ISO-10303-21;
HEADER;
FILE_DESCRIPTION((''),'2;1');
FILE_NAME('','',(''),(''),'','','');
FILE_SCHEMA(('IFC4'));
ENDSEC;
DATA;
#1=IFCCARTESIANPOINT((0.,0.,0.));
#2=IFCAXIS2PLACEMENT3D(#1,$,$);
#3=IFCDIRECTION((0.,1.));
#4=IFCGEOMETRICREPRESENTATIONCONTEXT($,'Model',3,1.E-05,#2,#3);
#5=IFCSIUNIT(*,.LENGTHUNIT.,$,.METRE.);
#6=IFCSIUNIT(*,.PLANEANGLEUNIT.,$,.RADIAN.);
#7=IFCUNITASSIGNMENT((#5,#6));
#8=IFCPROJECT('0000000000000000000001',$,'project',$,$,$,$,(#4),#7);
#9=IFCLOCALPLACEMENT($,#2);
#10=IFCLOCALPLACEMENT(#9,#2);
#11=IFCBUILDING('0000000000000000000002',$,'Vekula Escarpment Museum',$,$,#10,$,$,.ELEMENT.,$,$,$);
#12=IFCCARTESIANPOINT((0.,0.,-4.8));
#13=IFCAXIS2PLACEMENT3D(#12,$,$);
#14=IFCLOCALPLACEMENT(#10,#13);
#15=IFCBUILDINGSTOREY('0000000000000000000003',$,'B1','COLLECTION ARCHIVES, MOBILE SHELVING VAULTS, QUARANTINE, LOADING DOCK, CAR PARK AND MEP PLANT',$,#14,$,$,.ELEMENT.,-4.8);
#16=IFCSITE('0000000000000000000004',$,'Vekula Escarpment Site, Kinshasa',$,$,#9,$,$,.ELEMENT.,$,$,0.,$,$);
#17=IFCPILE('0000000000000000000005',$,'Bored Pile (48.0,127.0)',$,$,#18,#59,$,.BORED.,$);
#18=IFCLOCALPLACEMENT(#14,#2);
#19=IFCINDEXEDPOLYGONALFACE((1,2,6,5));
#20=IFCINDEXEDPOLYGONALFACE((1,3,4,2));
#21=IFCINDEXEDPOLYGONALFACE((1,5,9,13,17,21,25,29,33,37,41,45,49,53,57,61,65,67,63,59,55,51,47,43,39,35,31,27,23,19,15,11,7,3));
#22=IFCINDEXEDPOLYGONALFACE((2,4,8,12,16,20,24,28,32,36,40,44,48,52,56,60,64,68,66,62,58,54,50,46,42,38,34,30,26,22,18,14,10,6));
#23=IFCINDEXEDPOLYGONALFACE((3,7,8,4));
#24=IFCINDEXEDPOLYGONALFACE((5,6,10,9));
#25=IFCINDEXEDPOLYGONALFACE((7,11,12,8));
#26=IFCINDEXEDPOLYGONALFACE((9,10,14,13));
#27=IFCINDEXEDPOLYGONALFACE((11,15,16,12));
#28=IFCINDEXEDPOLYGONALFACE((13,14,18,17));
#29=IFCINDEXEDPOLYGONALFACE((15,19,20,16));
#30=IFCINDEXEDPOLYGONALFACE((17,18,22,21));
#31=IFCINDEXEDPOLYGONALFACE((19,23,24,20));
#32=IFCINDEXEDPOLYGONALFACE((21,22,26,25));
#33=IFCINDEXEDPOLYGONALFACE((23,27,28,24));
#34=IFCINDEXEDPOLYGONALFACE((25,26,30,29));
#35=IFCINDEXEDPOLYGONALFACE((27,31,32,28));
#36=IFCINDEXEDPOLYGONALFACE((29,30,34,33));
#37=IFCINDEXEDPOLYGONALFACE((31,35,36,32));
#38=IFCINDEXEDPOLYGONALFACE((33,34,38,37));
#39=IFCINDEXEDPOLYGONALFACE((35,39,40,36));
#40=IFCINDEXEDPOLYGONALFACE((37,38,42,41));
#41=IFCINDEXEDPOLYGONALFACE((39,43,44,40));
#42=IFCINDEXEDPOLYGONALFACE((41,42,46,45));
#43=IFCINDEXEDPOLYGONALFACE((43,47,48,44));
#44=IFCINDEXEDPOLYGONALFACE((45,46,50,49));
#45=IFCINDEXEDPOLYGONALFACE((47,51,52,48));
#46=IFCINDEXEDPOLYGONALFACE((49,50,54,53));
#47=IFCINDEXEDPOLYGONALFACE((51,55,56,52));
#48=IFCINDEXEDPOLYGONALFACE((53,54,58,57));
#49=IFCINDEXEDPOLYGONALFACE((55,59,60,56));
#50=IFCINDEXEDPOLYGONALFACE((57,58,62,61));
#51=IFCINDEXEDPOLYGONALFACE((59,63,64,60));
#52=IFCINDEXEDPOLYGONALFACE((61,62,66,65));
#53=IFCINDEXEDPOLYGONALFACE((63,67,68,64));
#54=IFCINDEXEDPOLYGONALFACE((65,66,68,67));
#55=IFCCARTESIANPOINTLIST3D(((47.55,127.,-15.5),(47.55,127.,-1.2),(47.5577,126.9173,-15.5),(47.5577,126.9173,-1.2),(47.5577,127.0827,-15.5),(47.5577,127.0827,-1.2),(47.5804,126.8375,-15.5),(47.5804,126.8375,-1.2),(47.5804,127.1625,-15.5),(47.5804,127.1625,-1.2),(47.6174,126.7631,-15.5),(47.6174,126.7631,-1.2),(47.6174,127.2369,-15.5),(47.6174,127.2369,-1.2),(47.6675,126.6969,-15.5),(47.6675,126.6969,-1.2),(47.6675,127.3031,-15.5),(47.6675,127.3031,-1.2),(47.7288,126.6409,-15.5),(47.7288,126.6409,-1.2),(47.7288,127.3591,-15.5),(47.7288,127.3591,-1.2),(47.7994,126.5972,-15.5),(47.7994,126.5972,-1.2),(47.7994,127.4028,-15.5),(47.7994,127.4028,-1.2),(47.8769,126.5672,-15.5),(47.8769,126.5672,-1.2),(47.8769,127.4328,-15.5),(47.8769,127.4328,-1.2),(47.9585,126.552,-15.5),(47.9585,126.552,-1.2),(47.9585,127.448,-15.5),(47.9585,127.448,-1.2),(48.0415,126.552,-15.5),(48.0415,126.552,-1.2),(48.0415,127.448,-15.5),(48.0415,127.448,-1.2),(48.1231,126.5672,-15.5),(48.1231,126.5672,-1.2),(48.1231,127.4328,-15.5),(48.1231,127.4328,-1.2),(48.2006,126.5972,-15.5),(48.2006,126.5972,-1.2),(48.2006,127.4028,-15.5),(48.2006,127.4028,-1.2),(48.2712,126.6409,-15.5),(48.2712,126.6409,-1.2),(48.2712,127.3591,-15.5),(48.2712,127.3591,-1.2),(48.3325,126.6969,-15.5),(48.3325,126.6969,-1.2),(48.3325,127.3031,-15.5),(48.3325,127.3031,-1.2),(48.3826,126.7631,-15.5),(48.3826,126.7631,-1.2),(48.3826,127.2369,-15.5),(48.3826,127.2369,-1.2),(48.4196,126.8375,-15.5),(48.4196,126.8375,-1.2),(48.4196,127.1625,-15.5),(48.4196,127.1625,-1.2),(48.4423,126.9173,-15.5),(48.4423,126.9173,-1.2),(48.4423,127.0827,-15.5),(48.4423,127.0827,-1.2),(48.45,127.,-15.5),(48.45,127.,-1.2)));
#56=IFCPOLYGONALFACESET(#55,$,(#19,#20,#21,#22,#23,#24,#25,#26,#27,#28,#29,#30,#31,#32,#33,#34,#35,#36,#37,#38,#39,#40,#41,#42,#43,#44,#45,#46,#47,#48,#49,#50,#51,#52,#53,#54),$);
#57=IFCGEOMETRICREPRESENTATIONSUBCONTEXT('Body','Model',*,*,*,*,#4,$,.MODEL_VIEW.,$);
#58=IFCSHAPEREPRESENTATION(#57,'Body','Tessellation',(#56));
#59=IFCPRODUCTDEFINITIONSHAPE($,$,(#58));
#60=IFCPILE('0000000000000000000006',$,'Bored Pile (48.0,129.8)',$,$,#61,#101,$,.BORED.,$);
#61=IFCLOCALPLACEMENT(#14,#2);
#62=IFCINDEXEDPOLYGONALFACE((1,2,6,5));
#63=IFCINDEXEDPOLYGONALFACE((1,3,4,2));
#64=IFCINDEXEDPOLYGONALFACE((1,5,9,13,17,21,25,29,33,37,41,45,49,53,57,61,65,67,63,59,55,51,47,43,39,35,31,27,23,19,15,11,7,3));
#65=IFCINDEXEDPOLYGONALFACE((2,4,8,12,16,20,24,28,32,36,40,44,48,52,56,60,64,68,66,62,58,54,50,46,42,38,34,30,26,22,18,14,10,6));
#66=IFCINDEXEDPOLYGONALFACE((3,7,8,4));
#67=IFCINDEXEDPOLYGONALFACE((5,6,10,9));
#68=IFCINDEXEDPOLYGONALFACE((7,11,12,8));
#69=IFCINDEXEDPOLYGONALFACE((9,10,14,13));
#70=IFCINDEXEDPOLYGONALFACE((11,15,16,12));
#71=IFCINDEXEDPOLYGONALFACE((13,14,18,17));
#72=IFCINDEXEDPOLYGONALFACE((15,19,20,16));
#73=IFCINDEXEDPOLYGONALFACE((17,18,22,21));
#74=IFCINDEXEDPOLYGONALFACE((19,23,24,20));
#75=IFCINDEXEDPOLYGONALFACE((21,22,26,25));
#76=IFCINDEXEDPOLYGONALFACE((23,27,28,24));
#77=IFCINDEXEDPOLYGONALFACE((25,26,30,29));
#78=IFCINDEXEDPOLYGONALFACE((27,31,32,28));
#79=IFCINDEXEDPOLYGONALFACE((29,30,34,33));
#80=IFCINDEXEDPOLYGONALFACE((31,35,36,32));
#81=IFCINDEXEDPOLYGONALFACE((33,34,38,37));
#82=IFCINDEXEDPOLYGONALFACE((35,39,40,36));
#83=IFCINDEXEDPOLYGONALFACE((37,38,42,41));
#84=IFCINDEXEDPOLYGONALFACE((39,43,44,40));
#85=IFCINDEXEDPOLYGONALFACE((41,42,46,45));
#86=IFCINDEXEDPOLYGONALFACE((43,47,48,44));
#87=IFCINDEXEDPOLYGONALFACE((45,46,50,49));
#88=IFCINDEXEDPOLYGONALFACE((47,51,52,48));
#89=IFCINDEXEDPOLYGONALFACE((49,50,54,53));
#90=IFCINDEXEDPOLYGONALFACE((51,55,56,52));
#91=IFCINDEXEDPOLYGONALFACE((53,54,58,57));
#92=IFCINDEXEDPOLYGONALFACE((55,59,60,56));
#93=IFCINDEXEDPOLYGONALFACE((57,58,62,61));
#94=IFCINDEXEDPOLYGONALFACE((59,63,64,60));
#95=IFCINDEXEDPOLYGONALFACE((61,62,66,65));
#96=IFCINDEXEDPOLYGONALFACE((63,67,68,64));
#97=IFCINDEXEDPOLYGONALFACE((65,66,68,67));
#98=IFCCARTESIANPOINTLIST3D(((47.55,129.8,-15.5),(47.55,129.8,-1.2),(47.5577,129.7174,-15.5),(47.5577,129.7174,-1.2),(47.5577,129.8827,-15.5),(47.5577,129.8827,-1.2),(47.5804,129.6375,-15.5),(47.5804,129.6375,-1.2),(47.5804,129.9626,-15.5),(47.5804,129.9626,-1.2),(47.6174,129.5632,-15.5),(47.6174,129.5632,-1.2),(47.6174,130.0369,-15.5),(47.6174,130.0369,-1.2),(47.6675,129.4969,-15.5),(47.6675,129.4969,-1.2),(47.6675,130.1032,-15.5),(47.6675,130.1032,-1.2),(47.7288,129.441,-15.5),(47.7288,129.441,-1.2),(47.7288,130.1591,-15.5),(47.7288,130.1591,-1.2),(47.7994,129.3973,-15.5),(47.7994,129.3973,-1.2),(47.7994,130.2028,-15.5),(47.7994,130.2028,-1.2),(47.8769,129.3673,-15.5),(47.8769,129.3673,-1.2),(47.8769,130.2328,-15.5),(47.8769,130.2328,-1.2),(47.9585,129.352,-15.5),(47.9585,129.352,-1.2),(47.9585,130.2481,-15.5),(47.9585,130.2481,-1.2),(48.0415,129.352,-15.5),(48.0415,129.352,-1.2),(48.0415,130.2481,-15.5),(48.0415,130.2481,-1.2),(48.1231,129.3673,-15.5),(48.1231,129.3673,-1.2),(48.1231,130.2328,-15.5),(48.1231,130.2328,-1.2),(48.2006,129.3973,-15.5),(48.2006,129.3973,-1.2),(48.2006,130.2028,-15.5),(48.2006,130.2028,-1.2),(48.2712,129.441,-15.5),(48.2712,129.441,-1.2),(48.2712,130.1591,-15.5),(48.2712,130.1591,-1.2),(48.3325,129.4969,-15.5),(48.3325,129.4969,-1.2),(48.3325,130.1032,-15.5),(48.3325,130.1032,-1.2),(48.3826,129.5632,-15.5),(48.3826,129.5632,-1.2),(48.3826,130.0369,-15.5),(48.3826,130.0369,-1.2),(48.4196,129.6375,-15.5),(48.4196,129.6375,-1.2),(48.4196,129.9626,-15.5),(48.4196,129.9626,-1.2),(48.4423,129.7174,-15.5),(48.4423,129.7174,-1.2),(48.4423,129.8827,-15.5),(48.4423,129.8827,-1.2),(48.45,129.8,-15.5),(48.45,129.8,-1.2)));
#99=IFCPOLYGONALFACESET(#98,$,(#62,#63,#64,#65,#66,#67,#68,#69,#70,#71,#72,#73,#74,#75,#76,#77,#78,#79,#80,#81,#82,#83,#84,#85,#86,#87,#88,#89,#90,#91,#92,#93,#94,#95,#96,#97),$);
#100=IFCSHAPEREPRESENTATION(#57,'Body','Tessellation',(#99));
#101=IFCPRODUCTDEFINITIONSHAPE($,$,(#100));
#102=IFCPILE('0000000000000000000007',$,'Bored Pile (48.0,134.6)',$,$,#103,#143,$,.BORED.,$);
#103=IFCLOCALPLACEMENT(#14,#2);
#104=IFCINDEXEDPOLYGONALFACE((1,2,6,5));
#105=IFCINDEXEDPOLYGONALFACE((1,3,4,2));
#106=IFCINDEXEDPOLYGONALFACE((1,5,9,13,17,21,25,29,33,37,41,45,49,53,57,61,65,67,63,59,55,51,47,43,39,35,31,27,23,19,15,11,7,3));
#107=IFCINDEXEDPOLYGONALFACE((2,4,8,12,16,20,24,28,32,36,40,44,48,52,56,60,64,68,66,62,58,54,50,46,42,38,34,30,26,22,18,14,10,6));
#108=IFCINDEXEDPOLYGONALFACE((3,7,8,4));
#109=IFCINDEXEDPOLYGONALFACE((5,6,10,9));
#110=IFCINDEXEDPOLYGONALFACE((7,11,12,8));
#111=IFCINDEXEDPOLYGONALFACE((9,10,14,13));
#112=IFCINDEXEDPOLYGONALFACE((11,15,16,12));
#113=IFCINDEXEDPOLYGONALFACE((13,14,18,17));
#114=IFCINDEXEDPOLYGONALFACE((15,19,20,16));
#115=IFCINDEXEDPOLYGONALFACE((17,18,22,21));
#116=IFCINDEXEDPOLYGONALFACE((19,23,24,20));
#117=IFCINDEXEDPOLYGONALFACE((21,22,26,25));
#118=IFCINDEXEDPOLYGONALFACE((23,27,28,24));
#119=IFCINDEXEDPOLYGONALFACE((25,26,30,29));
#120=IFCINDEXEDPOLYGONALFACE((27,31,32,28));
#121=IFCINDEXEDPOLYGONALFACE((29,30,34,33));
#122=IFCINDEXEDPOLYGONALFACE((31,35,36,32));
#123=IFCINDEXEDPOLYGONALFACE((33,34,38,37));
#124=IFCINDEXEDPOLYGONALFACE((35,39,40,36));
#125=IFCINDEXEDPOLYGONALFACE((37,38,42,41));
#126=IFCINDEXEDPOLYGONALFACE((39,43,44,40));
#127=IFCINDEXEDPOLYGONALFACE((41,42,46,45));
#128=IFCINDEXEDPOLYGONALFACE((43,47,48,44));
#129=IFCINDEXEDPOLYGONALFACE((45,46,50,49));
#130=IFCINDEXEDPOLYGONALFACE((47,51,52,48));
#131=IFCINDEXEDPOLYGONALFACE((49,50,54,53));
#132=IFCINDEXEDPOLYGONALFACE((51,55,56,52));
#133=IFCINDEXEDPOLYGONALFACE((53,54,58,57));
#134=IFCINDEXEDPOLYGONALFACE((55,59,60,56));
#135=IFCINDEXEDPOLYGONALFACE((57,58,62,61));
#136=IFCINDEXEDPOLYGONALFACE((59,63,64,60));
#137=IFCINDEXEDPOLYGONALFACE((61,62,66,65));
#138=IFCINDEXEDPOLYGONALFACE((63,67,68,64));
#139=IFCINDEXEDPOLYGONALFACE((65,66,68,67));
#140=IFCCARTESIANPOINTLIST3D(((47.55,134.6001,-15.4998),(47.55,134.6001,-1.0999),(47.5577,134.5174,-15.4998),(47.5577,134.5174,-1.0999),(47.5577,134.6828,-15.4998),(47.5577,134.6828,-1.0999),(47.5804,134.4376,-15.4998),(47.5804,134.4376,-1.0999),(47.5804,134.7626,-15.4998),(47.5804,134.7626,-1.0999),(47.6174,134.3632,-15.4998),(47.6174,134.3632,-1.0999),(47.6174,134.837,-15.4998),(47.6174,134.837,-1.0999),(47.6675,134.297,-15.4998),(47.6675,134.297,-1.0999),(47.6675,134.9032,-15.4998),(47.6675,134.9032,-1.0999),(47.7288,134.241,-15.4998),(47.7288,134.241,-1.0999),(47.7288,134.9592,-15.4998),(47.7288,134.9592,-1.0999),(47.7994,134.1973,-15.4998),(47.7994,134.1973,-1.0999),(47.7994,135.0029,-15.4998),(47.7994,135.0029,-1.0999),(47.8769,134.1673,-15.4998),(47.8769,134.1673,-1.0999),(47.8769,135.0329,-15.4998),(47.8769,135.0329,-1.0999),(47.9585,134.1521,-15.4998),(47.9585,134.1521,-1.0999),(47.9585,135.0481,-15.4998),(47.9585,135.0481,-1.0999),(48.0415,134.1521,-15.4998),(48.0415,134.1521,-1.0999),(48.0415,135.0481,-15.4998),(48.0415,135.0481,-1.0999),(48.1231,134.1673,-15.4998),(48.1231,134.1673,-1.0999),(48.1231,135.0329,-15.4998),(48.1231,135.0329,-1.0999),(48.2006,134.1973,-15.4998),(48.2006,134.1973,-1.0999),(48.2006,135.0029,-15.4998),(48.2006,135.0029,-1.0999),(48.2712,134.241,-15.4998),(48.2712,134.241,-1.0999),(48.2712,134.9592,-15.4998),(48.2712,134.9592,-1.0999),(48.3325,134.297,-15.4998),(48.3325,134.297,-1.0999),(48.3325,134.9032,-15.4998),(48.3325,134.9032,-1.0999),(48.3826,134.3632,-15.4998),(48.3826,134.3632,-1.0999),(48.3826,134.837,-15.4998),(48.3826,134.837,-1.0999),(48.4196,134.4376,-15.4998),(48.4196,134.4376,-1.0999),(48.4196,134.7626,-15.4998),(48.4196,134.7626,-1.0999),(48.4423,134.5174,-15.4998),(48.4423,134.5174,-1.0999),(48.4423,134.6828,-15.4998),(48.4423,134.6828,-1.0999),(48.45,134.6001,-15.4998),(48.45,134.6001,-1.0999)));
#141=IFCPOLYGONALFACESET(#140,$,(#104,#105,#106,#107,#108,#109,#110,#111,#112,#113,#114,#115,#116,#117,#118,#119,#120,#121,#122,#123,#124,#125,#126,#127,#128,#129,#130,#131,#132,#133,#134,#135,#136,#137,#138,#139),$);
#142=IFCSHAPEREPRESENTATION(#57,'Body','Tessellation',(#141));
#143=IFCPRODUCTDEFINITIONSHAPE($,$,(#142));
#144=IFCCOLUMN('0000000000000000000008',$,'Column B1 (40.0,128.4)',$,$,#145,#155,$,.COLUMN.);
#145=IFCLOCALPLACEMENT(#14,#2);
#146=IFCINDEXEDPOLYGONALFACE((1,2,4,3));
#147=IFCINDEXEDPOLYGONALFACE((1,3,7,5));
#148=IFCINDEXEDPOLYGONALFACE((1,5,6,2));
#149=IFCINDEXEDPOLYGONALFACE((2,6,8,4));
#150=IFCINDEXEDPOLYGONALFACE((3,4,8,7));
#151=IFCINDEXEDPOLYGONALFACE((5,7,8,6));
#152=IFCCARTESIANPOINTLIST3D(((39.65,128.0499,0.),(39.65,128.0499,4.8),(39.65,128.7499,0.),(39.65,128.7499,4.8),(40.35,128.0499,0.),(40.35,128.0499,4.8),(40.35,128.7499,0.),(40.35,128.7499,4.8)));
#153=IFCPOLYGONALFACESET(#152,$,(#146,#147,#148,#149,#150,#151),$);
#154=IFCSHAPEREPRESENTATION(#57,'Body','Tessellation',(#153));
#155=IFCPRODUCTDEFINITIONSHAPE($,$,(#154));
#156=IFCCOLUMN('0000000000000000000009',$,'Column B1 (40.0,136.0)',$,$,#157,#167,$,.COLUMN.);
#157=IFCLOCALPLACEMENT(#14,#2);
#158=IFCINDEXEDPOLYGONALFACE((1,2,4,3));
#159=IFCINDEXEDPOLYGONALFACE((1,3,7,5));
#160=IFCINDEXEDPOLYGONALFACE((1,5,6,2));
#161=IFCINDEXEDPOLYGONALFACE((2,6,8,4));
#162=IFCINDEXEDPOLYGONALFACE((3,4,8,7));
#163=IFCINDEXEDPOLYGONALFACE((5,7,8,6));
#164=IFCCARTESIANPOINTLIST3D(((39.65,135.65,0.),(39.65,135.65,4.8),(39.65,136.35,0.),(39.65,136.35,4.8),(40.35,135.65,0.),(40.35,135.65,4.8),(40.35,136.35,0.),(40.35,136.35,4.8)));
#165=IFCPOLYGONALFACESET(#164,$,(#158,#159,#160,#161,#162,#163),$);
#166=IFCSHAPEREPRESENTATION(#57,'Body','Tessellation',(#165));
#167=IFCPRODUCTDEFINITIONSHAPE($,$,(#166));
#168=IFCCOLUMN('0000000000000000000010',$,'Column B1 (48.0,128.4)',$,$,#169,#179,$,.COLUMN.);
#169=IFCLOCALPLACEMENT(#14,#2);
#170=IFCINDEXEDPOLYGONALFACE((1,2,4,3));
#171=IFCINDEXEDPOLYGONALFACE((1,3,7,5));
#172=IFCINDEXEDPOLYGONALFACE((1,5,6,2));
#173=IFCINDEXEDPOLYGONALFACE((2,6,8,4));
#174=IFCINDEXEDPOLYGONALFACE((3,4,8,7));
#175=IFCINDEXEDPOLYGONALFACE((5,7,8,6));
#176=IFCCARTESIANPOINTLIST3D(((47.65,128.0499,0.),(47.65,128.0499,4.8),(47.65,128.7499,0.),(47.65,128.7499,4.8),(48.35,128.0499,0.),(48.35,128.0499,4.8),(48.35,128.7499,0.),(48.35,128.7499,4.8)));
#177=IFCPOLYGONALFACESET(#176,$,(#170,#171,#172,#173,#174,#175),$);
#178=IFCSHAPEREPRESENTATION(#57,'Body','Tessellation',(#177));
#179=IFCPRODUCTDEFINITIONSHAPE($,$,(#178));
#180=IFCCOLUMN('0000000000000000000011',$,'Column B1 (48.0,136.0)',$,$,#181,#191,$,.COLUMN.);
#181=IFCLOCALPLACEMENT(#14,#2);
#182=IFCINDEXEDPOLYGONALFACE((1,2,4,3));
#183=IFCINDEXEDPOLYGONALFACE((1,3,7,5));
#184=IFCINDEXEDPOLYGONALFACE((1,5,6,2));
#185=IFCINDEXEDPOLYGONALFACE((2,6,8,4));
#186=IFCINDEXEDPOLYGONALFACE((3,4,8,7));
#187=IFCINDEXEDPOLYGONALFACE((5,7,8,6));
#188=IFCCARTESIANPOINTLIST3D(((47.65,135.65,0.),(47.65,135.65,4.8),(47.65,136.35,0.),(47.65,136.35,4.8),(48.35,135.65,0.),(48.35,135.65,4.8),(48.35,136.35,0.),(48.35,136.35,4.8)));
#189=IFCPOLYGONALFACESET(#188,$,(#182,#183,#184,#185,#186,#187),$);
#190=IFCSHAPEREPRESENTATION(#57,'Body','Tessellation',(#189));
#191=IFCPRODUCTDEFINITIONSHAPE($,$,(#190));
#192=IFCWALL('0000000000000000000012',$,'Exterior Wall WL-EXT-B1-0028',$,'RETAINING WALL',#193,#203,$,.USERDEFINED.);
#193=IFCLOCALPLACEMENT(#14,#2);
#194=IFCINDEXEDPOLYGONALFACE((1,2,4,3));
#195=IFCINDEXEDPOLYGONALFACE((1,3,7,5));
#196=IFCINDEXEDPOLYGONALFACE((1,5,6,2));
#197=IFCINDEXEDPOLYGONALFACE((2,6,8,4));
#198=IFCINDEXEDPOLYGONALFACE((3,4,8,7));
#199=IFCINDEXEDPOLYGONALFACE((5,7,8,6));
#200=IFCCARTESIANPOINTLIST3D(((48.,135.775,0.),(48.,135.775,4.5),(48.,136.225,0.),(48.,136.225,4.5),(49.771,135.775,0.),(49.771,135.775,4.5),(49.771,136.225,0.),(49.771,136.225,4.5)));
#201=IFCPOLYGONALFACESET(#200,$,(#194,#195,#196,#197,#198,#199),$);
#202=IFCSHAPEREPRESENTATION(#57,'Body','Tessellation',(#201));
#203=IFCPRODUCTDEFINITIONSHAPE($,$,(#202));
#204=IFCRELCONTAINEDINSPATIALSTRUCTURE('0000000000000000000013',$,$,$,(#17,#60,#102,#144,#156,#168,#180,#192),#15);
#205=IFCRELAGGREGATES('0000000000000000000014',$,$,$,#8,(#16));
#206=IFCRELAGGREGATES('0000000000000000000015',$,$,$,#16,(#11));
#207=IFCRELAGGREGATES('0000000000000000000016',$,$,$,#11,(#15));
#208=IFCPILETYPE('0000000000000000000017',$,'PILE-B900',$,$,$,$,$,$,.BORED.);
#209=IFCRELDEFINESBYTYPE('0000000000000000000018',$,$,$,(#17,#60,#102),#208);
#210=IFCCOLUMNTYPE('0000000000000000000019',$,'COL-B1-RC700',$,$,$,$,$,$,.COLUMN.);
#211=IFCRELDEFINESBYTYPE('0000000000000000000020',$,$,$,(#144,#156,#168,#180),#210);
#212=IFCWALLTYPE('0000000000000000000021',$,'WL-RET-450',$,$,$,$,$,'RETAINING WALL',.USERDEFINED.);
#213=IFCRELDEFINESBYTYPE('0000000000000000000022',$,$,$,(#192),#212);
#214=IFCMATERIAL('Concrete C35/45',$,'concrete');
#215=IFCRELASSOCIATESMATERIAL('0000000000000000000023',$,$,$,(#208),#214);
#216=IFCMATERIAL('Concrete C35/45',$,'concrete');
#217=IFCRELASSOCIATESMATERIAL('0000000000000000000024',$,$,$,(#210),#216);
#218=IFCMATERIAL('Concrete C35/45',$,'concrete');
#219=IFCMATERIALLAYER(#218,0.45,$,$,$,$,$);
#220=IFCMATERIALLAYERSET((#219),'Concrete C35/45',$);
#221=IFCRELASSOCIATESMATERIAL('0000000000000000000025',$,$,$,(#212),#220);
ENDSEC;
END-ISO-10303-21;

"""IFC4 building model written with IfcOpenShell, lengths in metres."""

from ifc_helpers import new_model, si_unit, direction, frame, frame_2d, origin, origin_2d, place, context, subcontext, project, spatial, rectangle, circle, extrude, material, layer, layer_set, material_profile, profile_set, type_object, element, save


model = new_model("IFC4")

# Units and contexts
model_context = context("Model", 3, precision=1e-05, world=origin(), true_north=direction((0.0, 1.0)))
body_context = subcontext(model_context, "Body", "Model", "MODEL_VIEW")
ifc_project = project(units=[si_unit("LENGTHUNIT", "METRE"), si_unit("PLANEANGLEUNIT", "RADIAN")], contexts=[model_context])

# Site, building, storey
site_placement = place(None, origin())
site = spatial("IfcSite", under=ifc_project, at=site_placement, Name="Vekula Escarpment Site, Kinshasa", CompositionType="ELEMENT", RefElevation=0.0)
building_placement = place(site_placement, origin())
building = spatial("IfcBuilding", under=site, at=building_placement, Name="Vekula Escarpment Museum", CompositionType="ELEMENT")
storey_placement = place(building_placement, frame((0.0, 0.0, -4.8)))
storey = spatial("IfcBuildingStorey", under=building, at=storey_placement, Name="B1", Description="COLLECTION ARCHIVES, MOBILE SHELVING VAULTS, QUARANTINE, LOADING DOCK, CAR PARK AND MEP PLANT", CompositionType="ELEMENT", Elevation=-4.8)

# Piles
ifc_material_1 = material(Name="Concrete C35/45", Category="concrete")
ifc_material_profile_1 = material_profile(ifc_material_1, circle(Radius=0.45, at=origin_2d()), Name="BORED PILE 900")
ifc_profile_set_1 = profile_set([ifc_material_profile_1], Name="Concrete C35/45")
pile_type = type_object("IfcPileType", Name="PILE-B900", PredefinedType="BORED", material=ifc_profile_set_1)
for number, where, z_axis, x_axis, name in (
    (1, (48.0, 127.0, -1.2), (0.0, 0.0, -1.0), (1.0, 0.0, 0.0), "Bored Pile (48.0,127.0)"),
    (2, (48.0, 129.8, -1.2), (0.0, 0.0, -1.0), (1.0, 0.0, 0.0), "Bored Pile (48.0,129.8)"),
):
    element("IfcPile", number, at=place(storey_placement, frame(where, z_axis=z_axis, x_axis=x_axis)), inside=storey, type_object=pile_type, Name=name, PredefinedType="BORED", context=body_context, shape_type="SweptSolid", body=[
        extrude(circle(Radius=0.45, at=origin_2d()), origin(), (0.0, 0.0, 1.0), 14.3),
    ])
pile_1_placement = place(storey_placement, frame((48.0, 134.6001, -1.0999), z_axis=(0.0, 0.0, -1.0), x_axis=(1.0, 0.0, 0.0)))
element("IfcPile", 3, at=pile_1_placement, inside=storey, type_object=pile_type, Name="Bored Pile (48.0,134.6)", PredefinedType="BORED", context=body_context, shape_type="SweptSolid", body=[
    extrude(circle(Radius=0.45, at=origin_2d()), origin(), (0.0, 0.0, 1.0), 14.3999),
])

# Columns
ifc_material_2 = material(Name="Concrete C35/45", Category="concrete")
ifc_material_profile_2 = material_profile(ifc_material_2, rectangle(XDim=0.7, YDim=0.7, at=origin_2d()), Name="RC 700x700")
ifc_profile_set_2 = profile_set([ifc_material_profile_2], Name="Concrete C35/45")
column_type = type_object("IfcColumnType", Name="COL-B1-RC700", PredefinedType="COLUMN", material=ifc_profile_set_2)
for number, where, z_axis, x_axis, name in (
    (4, (40.0, 128.3999, 0.0), (0.0, 0.0, 1.0), (1.0, 0.0, 0.0), "Column B1 (40.0,128.4)"),
    (5, (40.0, 136.0, 0.0), (0.0, 0.0, 1.0), (1.0, 0.0, 0.0), "Column B1 (40.0,136.0)"),
    (6, (48.0, 128.3999, 0.0), (0.0, 0.0, 1.0), (1.0, 0.0, 0.0), "Column B1 (48.0,128.4)"),
    (7, (48.0, 136.0, 0.0), (0.0, 0.0, 1.0), (1.0, 0.0, 0.0), "Column B1 (48.0,136.0)"),
):
    element("IfcColumn", number, at=place(storey_placement, frame(where, z_axis=z_axis, x_axis=x_axis)), inside=storey, type_object=column_type, Name=name, PredefinedType="COLUMN", context=body_context, shape_type="SweptSolid", body=[
        extrude(rectangle(XDim=0.7, YDim=0.7, at=origin_2d()), origin(), (0.0, 0.0, 1.0), 4.8),
    ])

# Wall
ifc_material_3 = material(Name="Concrete C35/45", Category="concrete")
ifc_layer_1 = layer(ifc_material_3, 0.45)
ifc_layer_set_1 = layer_set([ifc_layer_1], Name="Concrete C35/45")
wall_type_1 = type_object("IfcWallType", Name="WL-RET-450", ElementType="RETAINING WALL", PredefinedType="USERDEFINED", material=ifc_layer_set_1)
wall_1_placement = place(storey_placement, frame((48.0, 136.0, 0.0), z_axis=(0.0, 0.0, 1.0), x_axis=(1.0, 0.0, 0.0)))
element("IfcWall", 8, at=wall_1_placement, inside=storey, type_object=wall_type_1, Name="Exterior Wall WL-EXT-B1-0028", ObjectType="RETAINING WALL", PredefinedType="USERDEFINED", context=body_context, shape_type="SweptSolid", body=[
    extrude(rectangle(XDim=1.771, YDim=0.45, at=frame_2d((0.8855, 0.0))), origin(), (0.0, 0.0, 1.0), 4.5),
])

save(model, "model.ifc")
